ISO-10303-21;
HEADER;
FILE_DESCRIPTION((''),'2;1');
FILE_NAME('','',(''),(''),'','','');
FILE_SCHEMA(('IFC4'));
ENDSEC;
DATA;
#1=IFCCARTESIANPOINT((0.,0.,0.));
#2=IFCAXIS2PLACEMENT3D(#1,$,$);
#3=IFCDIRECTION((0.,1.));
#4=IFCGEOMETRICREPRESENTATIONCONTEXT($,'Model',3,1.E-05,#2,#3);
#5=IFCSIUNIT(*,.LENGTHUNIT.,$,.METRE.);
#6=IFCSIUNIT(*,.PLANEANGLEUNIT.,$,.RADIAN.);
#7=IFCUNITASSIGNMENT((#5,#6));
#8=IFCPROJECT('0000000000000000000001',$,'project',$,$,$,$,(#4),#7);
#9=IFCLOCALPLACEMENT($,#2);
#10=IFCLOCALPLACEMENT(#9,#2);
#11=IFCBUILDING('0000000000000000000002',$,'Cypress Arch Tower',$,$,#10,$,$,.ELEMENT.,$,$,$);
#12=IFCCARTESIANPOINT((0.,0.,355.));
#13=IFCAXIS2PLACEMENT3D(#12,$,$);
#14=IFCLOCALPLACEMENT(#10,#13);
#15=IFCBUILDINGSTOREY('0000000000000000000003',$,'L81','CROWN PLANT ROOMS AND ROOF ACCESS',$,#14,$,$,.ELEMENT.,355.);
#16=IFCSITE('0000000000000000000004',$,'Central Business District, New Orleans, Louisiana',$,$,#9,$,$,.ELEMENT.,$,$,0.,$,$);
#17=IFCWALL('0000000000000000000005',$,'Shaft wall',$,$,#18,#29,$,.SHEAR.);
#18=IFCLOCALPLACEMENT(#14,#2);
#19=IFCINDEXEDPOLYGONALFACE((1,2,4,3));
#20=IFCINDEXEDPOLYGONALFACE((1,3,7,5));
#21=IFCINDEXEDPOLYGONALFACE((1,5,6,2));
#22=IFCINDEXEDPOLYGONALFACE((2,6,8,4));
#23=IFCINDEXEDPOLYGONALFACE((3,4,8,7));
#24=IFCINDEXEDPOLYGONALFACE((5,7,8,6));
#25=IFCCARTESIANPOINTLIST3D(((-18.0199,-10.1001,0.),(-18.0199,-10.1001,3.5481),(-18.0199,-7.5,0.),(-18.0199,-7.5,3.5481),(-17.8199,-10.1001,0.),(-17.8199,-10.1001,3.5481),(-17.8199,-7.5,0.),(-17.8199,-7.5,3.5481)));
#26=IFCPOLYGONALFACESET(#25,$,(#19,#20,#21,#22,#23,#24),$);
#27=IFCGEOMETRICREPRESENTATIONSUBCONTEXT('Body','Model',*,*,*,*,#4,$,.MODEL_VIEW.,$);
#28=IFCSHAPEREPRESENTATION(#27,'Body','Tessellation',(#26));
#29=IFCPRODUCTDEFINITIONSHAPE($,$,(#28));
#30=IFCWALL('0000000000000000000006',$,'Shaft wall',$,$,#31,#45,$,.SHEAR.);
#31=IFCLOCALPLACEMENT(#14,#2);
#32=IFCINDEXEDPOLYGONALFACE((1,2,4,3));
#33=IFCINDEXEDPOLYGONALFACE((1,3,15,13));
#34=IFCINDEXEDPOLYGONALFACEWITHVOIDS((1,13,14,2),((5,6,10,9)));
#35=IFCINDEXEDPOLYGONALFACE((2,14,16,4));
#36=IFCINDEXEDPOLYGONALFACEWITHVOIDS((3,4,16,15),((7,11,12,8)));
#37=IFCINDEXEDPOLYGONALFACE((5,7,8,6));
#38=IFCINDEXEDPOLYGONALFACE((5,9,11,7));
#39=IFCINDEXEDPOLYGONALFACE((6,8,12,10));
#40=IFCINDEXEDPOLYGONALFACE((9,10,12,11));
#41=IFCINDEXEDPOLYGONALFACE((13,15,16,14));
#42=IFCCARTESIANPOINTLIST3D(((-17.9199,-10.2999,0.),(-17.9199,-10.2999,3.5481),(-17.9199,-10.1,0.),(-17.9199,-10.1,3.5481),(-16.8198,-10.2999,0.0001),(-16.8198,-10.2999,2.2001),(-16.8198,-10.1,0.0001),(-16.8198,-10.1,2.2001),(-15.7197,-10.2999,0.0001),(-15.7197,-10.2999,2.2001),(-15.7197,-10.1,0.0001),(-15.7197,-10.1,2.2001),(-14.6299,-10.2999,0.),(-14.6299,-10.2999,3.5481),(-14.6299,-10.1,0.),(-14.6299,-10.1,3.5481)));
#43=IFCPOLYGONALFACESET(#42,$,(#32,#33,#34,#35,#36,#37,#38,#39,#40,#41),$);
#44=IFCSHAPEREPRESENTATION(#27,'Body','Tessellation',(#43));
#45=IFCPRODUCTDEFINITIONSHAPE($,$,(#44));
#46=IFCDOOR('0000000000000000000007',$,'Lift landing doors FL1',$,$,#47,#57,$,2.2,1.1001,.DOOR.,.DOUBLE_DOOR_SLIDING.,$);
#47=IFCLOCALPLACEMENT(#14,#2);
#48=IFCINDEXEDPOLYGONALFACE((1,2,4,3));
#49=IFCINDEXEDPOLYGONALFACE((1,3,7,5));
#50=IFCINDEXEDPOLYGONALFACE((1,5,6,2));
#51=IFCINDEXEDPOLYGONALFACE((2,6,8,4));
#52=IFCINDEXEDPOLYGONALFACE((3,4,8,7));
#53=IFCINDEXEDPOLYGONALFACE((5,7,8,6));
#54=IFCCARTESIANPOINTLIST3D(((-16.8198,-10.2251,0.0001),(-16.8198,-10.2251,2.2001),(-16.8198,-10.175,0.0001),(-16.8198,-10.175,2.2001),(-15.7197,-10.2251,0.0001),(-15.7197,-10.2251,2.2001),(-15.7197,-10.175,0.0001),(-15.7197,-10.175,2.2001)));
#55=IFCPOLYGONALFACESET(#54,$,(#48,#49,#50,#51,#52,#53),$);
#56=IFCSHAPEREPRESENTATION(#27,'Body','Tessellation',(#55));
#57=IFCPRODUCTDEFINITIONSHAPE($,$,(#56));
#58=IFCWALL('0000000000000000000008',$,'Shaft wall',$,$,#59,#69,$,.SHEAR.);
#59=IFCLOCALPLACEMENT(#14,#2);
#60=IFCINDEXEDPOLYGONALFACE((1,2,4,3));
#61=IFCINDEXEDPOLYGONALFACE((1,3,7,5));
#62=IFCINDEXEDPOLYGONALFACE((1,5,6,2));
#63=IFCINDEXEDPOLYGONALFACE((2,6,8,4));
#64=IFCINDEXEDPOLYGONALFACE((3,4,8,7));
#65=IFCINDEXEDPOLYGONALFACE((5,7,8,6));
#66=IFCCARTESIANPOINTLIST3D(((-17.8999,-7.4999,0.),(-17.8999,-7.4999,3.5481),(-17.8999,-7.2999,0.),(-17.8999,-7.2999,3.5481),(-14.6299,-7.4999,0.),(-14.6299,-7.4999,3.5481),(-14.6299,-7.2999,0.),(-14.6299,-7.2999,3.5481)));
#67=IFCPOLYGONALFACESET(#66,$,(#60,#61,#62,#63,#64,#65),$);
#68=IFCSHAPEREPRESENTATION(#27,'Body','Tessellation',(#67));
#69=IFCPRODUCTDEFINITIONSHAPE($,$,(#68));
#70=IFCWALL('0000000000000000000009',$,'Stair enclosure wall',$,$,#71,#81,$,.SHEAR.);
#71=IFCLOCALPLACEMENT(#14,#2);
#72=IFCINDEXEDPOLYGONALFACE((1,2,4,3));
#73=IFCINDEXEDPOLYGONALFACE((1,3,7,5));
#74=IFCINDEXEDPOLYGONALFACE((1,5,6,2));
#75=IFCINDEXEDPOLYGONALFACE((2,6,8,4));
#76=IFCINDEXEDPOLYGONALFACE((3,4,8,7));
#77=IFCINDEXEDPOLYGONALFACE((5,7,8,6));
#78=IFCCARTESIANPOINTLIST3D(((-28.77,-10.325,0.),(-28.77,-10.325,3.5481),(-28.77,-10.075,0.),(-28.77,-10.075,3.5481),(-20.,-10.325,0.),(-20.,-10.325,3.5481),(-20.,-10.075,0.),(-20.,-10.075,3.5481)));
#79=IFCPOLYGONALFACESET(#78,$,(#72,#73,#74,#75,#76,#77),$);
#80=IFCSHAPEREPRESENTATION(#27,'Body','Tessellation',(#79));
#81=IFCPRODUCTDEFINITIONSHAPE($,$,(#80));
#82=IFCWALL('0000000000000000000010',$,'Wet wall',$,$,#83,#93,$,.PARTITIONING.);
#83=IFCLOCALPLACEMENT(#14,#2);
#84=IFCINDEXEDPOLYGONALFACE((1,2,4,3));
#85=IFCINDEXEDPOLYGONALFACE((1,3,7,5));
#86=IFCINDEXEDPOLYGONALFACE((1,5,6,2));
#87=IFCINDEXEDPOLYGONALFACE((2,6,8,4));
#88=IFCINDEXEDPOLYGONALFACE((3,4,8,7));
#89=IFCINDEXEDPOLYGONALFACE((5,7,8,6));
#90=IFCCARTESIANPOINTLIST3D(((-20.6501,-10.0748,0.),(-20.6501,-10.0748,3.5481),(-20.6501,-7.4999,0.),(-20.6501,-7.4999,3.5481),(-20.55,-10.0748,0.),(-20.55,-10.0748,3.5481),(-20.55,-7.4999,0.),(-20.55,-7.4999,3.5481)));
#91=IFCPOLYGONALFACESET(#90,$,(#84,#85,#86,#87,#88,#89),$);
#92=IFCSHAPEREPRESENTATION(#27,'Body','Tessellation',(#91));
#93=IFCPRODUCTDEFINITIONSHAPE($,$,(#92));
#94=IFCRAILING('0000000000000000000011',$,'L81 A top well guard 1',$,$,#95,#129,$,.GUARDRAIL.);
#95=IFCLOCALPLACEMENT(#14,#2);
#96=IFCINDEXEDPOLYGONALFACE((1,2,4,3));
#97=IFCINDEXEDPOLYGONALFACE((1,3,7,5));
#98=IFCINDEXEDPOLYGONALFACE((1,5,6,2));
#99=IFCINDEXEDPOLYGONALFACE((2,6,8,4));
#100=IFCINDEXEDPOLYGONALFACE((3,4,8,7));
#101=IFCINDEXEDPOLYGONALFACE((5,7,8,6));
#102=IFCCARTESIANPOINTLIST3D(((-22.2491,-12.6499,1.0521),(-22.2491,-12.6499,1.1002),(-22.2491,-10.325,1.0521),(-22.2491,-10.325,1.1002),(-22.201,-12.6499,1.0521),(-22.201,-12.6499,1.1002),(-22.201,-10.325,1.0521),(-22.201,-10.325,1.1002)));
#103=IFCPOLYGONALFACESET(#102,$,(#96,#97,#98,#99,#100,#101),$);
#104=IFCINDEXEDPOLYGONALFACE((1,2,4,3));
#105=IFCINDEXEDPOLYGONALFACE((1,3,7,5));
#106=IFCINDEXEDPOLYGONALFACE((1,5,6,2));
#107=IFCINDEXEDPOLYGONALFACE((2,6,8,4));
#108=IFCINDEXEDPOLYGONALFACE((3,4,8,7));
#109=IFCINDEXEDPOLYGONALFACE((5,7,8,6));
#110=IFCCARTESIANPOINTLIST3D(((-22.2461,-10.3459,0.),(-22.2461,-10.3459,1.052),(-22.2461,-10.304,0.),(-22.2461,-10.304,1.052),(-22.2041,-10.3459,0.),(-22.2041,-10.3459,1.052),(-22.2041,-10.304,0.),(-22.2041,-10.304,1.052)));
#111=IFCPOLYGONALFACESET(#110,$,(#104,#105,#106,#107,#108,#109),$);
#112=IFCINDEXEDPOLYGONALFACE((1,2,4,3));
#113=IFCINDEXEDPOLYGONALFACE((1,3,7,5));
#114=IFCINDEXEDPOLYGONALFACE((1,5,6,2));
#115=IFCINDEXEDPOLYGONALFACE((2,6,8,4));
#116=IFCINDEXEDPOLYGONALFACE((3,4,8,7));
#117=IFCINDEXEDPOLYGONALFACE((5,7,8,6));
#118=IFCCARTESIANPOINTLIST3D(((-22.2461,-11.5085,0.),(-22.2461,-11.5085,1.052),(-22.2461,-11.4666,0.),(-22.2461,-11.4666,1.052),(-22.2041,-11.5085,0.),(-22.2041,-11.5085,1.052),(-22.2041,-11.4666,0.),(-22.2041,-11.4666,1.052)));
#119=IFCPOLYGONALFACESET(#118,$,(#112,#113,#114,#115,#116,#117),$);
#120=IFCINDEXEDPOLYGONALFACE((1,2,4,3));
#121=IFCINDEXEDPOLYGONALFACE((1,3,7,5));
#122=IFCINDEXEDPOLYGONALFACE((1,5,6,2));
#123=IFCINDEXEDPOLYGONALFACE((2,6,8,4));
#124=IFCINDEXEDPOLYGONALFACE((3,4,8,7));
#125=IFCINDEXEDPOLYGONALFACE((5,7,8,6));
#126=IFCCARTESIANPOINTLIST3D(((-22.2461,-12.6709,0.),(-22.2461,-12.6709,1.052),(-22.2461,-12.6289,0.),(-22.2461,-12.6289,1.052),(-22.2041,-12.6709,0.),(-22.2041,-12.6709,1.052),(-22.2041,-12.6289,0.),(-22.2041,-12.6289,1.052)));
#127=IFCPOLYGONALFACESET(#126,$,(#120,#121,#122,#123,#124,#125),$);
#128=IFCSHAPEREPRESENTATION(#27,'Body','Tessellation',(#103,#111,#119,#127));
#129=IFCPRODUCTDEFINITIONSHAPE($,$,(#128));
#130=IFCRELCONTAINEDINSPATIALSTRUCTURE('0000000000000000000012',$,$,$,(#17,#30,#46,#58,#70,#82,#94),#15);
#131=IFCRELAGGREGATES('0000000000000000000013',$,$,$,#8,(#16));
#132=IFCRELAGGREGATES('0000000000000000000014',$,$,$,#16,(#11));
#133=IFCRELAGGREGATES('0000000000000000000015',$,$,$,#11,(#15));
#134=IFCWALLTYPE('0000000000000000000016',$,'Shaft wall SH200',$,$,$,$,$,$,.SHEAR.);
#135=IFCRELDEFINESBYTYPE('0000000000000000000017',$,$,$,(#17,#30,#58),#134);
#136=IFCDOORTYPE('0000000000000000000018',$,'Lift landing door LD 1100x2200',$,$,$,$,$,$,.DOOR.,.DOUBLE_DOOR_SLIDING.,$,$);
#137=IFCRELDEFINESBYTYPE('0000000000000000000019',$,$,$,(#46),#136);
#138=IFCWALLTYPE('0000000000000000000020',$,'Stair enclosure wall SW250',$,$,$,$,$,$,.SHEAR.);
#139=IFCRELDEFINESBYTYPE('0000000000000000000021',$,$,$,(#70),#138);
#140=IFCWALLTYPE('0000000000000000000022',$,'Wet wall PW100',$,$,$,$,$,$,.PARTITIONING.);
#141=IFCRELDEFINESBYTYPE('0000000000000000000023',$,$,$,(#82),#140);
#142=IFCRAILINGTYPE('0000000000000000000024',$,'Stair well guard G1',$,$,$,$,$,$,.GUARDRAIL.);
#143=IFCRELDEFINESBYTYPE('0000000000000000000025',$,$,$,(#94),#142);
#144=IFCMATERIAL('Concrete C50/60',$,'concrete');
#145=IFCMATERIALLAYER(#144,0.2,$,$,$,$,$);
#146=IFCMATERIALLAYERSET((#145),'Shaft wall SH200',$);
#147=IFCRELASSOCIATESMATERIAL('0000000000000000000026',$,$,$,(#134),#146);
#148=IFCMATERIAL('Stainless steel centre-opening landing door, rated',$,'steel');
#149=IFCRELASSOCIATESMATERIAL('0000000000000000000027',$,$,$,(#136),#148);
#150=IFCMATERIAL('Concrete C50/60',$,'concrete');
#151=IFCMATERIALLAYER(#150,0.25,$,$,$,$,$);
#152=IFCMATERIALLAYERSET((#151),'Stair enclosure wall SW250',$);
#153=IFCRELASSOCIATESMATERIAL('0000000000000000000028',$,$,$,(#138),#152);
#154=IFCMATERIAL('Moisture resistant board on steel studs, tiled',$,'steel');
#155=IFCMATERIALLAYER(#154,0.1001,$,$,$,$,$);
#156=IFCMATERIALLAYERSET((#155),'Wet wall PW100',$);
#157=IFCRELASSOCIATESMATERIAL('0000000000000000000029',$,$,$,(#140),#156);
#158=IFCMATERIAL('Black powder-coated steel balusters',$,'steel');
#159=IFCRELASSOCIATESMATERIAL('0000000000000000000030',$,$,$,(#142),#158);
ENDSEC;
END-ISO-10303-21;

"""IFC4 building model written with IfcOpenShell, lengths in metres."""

from ifc_helpers import new_model, si_unit, direction, frame, frame_2d, origin, origin_2d, place, context, subcontext, project, spatial, rectangle, extrude, material, layer, layer_set, type_object, element, fill, save


model = new_model("IFC4")

# Units and contexts
model_context = context("Model", 3, precision=1e-05, world=origin(), true_north=direction((0.0, 1.0)))
body_context = subcontext(model_context, "Body", "Model", "MODEL_VIEW")
ifc_project = project(units=[si_unit("LENGTHUNIT", "METRE"), si_unit("PLANEANGLEUNIT", "RADIAN")], contexts=[model_context])

# Site, building, storey
site_placement = place(None, origin())
site = spatial("IfcSite", under=ifc_project, at=site_placement, Name="Central Business District, New Orleans, Louisiana", CompositionType="ELEMENT", RefElevation=0.0)
building_placement = place(site_placement, origin())
building = spatial("IfcBuilding", under=site, at=building_placement, Name="Cypress Arch Tower", CompositionType="ELEMENT")
storey_placement = place(building_placement, frame((0.0, 0.0, 355.0)))
storey = spatial("IfcBuildingStorey", under=building, at=storey_placement, Name="L81", Description="CROWN PLANT ROOMS AND ROOF ACCESS", CompositionType="ELEMENT", Elevation=355.0)

# Wall
ifc_material_1 = material(Name="Concrete C50/60", Category="concrete")
ifc_layer_1 = layer(ifc_material_1, 0.2)
ifc_layer_set_1 = layer_set([ifc_layer_1], Name="Shaft wall SH200")
wall_type_1 = type_object("IfcWallType", Name="Shaft wall SH200", PredefinedType="SHEAR", material=ifc_layer_set_1)
wall_1_placement = place(storey_placement, frame((-17.9199, -10.1001, 0.0), z_axis=(0.0, 0.0, 1.0), x_axis=(0.0, 1.0, 0.0)))
element("IfcWall", 1, at=wall_1_placement, inside=storey, type_object=wall_type_1, Name="Shaft wall", PredefinedType="SHEAR", context=body_context, shape_type="SweptSolid", body=[
    extrude(rectangle(XDim=2.6001, YDim=0.2, at=frame_2d((1.3, 0.0))), origin(), (0.0, 0.0, 1.0), 3.5481),
])

# Wall, opening, door
wall_2_placement = place(storey_placement, frame((-17.9199, -10.2, 0.0), z_axis=(0.0, 0.0, 1.0), x_axis=(1.0, 0.0, 0.0)))
wall_2 = element("IfcWall", 2, at=wall_2_placement, inside=storey, type_object=wall_type_1, Name="Shaft wall", PredefinedType="SHEAR", context=body_context, shape_type="SweptSolid", body=[
    extrude(rectangle(XDim=3.29, YDim=0.2, at=frame_2d((1.645, 0.0))), origin(), (0.0, 0.0, 1.0), 3.5481),
])
opening_1_placement = place(wall_2_placement, frame((1.1001, 0.0, 0.0)))
opening_1 = element("IfcOpeningElement", 3, at=opening_1_placement, cuts=wall_2, PredefinedType="OPENING", context=body_context, shape_type="SweptSolid", body=[
    extrude(rectangle(XDim=1.1001, YDim=2.2, at=frame_2d((0.55, 1.1001))), frame((0.0, 0.1099, 0.0), z_axis=(0.0, -1.0, 0.0), x_axis=(1.0, 0.0, 0.0)), (0.0, 0.0, 1.0), 0.22),
])
ifc_material_2 = material(Name="Stainless steel centre-opening landing door, rated", Category="steel")
door_type_1 = type_object("IfcDoorType", Name="Lift landing door LD 1100x2200", OperationType="DOUBLE_DOOR_SLIDING", PredefinedType="DOOR", material=ifc_material_2)
door_1_placement = place(opening_1_placement, origin())
door_1 = element("IfcDoor", 4, at=door_1_placement, inside=storey, type_object=door_type_1, Name="Lift landing doors FL1", OperationType="DOUBLE_DOOR_SLIDING", OverallHeight=2.2, OverallWidth=1.1001, PredefinedType="DOOR", context=body_context, shape_type="SweptSolid", body=[
    extrude(rectangle(XDim=1.1001, YDim=2.2, at=frame_2d((0.55, 1.1001))), frame((0.0, 0.0249, 0.0), z_axis=(0.0, -1.0, 0.0), x_axis=(1.0, 0.0, 0.0)), (0.0, 0.0, 1.0), 0.05),
])
fill(opening_1, door_1)

# Walls
wall_3_placement = place(storey_placement, frame((-17.8999, -7.3999, 0.0), z_axis=(0.0, 0.0, 1.0), x_axis=(1.0, 0.0, 0.0)))
element("IfcWall", 5, at=wall_3_placement, inside=storey, type_object=wall_type_1, Name="Shaft wall", PredefinedType="SHEAR", context=body_context, shape_type="SweptSolid", body=[
    extrude(rectangle(XDim=3.27, YDim=0.2, at=frame_2d((1.635, 0.0))), origin(), (0.0, 0.0, 1.0), 3.5481),
])
ifc_material_3 = material(Name="Concrete C50/60", Category="concrete")
ifc_layer_2 = layer(ifc_material_3, 0.25)
ifc_layer_set_2 = layer_set([ifc_layer_2], Name="Stair enclosure wall SW250")
wall_type_2 = type_object("IfcWallType", Name="Stair enclosure wall SW250", PredefinedType="SHEAR", material=ifc_layer_set_2)
wall_4_placement = place(storey_placement, frame((-28.77, -10.2, 0.0), z_axis=(0.0, 0.0, 1.0), x_axis=(1.0, 0.0, 0.0)))
element("IfcWall", 6, at=wall_4_placement, inside=storey, type_object=wall_type_2, Name="Stair enclosure wall", PredefinedType="SHEAR", context=body_context, shape_type="SweptSolid", body=[
    extrude(rectangle(XDim=8.77, YDim=0.25, at=frame_2d((4.385, 0.0))), origin(), (0.0, 0.0, 1.0), 3.5481),
])
ifc_material_4 = material(Name="Moisture resistant board on steel studs, tiled", Category="steel")
ifc_layer_3 = layer(ifc_material_4, 0.1001)
ifc_layer_set_3 = layer_set([ifc_layer_3], Name="Wet wall PW100")
wall_type_3 = type_object("IfcWallType", Name="Wet wall PW100", PredefinedType="PARTITIONING", material=ifc_layer_set_3)
wall_5_placement = place(storey_placement, frame((-20.6001, -10.075, 0.0), z_axis=(0.0, 0.0, 1.0), x_axis=(0.0, 1.0, 0.0)))
element("IfcWall", 7, at=wall_5_placement, inside=storey, type_object=wall_type_3, Name="Wet wall", PredefinedType="PARTITIONING", context=body_context, shape_type="SweptSolid", body=[
    extrude(rectangle(XDim=2.575, YDim=0.1001, at=frame_2d((1.2876, 0.0))), origin(), (0.0, 0.0, 1.0), 3.5481),
])

# Railing
ifc_material_5 = material(Name="Black powder-coated steel balusters", Category="steel")
railing_type = type_object("IfcRailingType", Name="Stair well guard G1", PredefinedType="GUARDRAIL", material=ifc_material_5)
railing_placement = place(storey_placement, frame((-22.2251, -10.325, 0.0)))
element("IfcRailing", 8, at=railing_placement, inside=storey, type_object=railing_type, Name="L81 A top well guard 1", PredefinedType="GUARDRAIL", context=body_context, shape_type="SweptSolid", body=[
    extrude(rectangle(XDim=0.0481, YDim=0.0481, at=origin_2d()), frame((0.0, 0.0, 1.0762), z_axis=(0.0, -1.0, 0.0), x_axis=(1.0, 0.0, 0.0)), (0.0, 0.0, 1.0), 2.325),
    extrude(rectangle(XDim=0.042, YDim=0.042, at=origin_2d()), origin(), (0.0, 0.0, 1.0), 1.052),
    extrude(rectangle(XDim=0.042, YDim=0.042, at=origin_2d()), frame((0.0, -1.1626, 0.0)), (0.0, 0.0, 1.0), 1.052),
    extrude(rectangle(XDim=0.042, YDim=0.042, at=origin_2d()), frame((0.0, -2.325, 0.0)), (0.0, 0.0, 1.0), 1.052),
])

save(model, "model.ifc")
